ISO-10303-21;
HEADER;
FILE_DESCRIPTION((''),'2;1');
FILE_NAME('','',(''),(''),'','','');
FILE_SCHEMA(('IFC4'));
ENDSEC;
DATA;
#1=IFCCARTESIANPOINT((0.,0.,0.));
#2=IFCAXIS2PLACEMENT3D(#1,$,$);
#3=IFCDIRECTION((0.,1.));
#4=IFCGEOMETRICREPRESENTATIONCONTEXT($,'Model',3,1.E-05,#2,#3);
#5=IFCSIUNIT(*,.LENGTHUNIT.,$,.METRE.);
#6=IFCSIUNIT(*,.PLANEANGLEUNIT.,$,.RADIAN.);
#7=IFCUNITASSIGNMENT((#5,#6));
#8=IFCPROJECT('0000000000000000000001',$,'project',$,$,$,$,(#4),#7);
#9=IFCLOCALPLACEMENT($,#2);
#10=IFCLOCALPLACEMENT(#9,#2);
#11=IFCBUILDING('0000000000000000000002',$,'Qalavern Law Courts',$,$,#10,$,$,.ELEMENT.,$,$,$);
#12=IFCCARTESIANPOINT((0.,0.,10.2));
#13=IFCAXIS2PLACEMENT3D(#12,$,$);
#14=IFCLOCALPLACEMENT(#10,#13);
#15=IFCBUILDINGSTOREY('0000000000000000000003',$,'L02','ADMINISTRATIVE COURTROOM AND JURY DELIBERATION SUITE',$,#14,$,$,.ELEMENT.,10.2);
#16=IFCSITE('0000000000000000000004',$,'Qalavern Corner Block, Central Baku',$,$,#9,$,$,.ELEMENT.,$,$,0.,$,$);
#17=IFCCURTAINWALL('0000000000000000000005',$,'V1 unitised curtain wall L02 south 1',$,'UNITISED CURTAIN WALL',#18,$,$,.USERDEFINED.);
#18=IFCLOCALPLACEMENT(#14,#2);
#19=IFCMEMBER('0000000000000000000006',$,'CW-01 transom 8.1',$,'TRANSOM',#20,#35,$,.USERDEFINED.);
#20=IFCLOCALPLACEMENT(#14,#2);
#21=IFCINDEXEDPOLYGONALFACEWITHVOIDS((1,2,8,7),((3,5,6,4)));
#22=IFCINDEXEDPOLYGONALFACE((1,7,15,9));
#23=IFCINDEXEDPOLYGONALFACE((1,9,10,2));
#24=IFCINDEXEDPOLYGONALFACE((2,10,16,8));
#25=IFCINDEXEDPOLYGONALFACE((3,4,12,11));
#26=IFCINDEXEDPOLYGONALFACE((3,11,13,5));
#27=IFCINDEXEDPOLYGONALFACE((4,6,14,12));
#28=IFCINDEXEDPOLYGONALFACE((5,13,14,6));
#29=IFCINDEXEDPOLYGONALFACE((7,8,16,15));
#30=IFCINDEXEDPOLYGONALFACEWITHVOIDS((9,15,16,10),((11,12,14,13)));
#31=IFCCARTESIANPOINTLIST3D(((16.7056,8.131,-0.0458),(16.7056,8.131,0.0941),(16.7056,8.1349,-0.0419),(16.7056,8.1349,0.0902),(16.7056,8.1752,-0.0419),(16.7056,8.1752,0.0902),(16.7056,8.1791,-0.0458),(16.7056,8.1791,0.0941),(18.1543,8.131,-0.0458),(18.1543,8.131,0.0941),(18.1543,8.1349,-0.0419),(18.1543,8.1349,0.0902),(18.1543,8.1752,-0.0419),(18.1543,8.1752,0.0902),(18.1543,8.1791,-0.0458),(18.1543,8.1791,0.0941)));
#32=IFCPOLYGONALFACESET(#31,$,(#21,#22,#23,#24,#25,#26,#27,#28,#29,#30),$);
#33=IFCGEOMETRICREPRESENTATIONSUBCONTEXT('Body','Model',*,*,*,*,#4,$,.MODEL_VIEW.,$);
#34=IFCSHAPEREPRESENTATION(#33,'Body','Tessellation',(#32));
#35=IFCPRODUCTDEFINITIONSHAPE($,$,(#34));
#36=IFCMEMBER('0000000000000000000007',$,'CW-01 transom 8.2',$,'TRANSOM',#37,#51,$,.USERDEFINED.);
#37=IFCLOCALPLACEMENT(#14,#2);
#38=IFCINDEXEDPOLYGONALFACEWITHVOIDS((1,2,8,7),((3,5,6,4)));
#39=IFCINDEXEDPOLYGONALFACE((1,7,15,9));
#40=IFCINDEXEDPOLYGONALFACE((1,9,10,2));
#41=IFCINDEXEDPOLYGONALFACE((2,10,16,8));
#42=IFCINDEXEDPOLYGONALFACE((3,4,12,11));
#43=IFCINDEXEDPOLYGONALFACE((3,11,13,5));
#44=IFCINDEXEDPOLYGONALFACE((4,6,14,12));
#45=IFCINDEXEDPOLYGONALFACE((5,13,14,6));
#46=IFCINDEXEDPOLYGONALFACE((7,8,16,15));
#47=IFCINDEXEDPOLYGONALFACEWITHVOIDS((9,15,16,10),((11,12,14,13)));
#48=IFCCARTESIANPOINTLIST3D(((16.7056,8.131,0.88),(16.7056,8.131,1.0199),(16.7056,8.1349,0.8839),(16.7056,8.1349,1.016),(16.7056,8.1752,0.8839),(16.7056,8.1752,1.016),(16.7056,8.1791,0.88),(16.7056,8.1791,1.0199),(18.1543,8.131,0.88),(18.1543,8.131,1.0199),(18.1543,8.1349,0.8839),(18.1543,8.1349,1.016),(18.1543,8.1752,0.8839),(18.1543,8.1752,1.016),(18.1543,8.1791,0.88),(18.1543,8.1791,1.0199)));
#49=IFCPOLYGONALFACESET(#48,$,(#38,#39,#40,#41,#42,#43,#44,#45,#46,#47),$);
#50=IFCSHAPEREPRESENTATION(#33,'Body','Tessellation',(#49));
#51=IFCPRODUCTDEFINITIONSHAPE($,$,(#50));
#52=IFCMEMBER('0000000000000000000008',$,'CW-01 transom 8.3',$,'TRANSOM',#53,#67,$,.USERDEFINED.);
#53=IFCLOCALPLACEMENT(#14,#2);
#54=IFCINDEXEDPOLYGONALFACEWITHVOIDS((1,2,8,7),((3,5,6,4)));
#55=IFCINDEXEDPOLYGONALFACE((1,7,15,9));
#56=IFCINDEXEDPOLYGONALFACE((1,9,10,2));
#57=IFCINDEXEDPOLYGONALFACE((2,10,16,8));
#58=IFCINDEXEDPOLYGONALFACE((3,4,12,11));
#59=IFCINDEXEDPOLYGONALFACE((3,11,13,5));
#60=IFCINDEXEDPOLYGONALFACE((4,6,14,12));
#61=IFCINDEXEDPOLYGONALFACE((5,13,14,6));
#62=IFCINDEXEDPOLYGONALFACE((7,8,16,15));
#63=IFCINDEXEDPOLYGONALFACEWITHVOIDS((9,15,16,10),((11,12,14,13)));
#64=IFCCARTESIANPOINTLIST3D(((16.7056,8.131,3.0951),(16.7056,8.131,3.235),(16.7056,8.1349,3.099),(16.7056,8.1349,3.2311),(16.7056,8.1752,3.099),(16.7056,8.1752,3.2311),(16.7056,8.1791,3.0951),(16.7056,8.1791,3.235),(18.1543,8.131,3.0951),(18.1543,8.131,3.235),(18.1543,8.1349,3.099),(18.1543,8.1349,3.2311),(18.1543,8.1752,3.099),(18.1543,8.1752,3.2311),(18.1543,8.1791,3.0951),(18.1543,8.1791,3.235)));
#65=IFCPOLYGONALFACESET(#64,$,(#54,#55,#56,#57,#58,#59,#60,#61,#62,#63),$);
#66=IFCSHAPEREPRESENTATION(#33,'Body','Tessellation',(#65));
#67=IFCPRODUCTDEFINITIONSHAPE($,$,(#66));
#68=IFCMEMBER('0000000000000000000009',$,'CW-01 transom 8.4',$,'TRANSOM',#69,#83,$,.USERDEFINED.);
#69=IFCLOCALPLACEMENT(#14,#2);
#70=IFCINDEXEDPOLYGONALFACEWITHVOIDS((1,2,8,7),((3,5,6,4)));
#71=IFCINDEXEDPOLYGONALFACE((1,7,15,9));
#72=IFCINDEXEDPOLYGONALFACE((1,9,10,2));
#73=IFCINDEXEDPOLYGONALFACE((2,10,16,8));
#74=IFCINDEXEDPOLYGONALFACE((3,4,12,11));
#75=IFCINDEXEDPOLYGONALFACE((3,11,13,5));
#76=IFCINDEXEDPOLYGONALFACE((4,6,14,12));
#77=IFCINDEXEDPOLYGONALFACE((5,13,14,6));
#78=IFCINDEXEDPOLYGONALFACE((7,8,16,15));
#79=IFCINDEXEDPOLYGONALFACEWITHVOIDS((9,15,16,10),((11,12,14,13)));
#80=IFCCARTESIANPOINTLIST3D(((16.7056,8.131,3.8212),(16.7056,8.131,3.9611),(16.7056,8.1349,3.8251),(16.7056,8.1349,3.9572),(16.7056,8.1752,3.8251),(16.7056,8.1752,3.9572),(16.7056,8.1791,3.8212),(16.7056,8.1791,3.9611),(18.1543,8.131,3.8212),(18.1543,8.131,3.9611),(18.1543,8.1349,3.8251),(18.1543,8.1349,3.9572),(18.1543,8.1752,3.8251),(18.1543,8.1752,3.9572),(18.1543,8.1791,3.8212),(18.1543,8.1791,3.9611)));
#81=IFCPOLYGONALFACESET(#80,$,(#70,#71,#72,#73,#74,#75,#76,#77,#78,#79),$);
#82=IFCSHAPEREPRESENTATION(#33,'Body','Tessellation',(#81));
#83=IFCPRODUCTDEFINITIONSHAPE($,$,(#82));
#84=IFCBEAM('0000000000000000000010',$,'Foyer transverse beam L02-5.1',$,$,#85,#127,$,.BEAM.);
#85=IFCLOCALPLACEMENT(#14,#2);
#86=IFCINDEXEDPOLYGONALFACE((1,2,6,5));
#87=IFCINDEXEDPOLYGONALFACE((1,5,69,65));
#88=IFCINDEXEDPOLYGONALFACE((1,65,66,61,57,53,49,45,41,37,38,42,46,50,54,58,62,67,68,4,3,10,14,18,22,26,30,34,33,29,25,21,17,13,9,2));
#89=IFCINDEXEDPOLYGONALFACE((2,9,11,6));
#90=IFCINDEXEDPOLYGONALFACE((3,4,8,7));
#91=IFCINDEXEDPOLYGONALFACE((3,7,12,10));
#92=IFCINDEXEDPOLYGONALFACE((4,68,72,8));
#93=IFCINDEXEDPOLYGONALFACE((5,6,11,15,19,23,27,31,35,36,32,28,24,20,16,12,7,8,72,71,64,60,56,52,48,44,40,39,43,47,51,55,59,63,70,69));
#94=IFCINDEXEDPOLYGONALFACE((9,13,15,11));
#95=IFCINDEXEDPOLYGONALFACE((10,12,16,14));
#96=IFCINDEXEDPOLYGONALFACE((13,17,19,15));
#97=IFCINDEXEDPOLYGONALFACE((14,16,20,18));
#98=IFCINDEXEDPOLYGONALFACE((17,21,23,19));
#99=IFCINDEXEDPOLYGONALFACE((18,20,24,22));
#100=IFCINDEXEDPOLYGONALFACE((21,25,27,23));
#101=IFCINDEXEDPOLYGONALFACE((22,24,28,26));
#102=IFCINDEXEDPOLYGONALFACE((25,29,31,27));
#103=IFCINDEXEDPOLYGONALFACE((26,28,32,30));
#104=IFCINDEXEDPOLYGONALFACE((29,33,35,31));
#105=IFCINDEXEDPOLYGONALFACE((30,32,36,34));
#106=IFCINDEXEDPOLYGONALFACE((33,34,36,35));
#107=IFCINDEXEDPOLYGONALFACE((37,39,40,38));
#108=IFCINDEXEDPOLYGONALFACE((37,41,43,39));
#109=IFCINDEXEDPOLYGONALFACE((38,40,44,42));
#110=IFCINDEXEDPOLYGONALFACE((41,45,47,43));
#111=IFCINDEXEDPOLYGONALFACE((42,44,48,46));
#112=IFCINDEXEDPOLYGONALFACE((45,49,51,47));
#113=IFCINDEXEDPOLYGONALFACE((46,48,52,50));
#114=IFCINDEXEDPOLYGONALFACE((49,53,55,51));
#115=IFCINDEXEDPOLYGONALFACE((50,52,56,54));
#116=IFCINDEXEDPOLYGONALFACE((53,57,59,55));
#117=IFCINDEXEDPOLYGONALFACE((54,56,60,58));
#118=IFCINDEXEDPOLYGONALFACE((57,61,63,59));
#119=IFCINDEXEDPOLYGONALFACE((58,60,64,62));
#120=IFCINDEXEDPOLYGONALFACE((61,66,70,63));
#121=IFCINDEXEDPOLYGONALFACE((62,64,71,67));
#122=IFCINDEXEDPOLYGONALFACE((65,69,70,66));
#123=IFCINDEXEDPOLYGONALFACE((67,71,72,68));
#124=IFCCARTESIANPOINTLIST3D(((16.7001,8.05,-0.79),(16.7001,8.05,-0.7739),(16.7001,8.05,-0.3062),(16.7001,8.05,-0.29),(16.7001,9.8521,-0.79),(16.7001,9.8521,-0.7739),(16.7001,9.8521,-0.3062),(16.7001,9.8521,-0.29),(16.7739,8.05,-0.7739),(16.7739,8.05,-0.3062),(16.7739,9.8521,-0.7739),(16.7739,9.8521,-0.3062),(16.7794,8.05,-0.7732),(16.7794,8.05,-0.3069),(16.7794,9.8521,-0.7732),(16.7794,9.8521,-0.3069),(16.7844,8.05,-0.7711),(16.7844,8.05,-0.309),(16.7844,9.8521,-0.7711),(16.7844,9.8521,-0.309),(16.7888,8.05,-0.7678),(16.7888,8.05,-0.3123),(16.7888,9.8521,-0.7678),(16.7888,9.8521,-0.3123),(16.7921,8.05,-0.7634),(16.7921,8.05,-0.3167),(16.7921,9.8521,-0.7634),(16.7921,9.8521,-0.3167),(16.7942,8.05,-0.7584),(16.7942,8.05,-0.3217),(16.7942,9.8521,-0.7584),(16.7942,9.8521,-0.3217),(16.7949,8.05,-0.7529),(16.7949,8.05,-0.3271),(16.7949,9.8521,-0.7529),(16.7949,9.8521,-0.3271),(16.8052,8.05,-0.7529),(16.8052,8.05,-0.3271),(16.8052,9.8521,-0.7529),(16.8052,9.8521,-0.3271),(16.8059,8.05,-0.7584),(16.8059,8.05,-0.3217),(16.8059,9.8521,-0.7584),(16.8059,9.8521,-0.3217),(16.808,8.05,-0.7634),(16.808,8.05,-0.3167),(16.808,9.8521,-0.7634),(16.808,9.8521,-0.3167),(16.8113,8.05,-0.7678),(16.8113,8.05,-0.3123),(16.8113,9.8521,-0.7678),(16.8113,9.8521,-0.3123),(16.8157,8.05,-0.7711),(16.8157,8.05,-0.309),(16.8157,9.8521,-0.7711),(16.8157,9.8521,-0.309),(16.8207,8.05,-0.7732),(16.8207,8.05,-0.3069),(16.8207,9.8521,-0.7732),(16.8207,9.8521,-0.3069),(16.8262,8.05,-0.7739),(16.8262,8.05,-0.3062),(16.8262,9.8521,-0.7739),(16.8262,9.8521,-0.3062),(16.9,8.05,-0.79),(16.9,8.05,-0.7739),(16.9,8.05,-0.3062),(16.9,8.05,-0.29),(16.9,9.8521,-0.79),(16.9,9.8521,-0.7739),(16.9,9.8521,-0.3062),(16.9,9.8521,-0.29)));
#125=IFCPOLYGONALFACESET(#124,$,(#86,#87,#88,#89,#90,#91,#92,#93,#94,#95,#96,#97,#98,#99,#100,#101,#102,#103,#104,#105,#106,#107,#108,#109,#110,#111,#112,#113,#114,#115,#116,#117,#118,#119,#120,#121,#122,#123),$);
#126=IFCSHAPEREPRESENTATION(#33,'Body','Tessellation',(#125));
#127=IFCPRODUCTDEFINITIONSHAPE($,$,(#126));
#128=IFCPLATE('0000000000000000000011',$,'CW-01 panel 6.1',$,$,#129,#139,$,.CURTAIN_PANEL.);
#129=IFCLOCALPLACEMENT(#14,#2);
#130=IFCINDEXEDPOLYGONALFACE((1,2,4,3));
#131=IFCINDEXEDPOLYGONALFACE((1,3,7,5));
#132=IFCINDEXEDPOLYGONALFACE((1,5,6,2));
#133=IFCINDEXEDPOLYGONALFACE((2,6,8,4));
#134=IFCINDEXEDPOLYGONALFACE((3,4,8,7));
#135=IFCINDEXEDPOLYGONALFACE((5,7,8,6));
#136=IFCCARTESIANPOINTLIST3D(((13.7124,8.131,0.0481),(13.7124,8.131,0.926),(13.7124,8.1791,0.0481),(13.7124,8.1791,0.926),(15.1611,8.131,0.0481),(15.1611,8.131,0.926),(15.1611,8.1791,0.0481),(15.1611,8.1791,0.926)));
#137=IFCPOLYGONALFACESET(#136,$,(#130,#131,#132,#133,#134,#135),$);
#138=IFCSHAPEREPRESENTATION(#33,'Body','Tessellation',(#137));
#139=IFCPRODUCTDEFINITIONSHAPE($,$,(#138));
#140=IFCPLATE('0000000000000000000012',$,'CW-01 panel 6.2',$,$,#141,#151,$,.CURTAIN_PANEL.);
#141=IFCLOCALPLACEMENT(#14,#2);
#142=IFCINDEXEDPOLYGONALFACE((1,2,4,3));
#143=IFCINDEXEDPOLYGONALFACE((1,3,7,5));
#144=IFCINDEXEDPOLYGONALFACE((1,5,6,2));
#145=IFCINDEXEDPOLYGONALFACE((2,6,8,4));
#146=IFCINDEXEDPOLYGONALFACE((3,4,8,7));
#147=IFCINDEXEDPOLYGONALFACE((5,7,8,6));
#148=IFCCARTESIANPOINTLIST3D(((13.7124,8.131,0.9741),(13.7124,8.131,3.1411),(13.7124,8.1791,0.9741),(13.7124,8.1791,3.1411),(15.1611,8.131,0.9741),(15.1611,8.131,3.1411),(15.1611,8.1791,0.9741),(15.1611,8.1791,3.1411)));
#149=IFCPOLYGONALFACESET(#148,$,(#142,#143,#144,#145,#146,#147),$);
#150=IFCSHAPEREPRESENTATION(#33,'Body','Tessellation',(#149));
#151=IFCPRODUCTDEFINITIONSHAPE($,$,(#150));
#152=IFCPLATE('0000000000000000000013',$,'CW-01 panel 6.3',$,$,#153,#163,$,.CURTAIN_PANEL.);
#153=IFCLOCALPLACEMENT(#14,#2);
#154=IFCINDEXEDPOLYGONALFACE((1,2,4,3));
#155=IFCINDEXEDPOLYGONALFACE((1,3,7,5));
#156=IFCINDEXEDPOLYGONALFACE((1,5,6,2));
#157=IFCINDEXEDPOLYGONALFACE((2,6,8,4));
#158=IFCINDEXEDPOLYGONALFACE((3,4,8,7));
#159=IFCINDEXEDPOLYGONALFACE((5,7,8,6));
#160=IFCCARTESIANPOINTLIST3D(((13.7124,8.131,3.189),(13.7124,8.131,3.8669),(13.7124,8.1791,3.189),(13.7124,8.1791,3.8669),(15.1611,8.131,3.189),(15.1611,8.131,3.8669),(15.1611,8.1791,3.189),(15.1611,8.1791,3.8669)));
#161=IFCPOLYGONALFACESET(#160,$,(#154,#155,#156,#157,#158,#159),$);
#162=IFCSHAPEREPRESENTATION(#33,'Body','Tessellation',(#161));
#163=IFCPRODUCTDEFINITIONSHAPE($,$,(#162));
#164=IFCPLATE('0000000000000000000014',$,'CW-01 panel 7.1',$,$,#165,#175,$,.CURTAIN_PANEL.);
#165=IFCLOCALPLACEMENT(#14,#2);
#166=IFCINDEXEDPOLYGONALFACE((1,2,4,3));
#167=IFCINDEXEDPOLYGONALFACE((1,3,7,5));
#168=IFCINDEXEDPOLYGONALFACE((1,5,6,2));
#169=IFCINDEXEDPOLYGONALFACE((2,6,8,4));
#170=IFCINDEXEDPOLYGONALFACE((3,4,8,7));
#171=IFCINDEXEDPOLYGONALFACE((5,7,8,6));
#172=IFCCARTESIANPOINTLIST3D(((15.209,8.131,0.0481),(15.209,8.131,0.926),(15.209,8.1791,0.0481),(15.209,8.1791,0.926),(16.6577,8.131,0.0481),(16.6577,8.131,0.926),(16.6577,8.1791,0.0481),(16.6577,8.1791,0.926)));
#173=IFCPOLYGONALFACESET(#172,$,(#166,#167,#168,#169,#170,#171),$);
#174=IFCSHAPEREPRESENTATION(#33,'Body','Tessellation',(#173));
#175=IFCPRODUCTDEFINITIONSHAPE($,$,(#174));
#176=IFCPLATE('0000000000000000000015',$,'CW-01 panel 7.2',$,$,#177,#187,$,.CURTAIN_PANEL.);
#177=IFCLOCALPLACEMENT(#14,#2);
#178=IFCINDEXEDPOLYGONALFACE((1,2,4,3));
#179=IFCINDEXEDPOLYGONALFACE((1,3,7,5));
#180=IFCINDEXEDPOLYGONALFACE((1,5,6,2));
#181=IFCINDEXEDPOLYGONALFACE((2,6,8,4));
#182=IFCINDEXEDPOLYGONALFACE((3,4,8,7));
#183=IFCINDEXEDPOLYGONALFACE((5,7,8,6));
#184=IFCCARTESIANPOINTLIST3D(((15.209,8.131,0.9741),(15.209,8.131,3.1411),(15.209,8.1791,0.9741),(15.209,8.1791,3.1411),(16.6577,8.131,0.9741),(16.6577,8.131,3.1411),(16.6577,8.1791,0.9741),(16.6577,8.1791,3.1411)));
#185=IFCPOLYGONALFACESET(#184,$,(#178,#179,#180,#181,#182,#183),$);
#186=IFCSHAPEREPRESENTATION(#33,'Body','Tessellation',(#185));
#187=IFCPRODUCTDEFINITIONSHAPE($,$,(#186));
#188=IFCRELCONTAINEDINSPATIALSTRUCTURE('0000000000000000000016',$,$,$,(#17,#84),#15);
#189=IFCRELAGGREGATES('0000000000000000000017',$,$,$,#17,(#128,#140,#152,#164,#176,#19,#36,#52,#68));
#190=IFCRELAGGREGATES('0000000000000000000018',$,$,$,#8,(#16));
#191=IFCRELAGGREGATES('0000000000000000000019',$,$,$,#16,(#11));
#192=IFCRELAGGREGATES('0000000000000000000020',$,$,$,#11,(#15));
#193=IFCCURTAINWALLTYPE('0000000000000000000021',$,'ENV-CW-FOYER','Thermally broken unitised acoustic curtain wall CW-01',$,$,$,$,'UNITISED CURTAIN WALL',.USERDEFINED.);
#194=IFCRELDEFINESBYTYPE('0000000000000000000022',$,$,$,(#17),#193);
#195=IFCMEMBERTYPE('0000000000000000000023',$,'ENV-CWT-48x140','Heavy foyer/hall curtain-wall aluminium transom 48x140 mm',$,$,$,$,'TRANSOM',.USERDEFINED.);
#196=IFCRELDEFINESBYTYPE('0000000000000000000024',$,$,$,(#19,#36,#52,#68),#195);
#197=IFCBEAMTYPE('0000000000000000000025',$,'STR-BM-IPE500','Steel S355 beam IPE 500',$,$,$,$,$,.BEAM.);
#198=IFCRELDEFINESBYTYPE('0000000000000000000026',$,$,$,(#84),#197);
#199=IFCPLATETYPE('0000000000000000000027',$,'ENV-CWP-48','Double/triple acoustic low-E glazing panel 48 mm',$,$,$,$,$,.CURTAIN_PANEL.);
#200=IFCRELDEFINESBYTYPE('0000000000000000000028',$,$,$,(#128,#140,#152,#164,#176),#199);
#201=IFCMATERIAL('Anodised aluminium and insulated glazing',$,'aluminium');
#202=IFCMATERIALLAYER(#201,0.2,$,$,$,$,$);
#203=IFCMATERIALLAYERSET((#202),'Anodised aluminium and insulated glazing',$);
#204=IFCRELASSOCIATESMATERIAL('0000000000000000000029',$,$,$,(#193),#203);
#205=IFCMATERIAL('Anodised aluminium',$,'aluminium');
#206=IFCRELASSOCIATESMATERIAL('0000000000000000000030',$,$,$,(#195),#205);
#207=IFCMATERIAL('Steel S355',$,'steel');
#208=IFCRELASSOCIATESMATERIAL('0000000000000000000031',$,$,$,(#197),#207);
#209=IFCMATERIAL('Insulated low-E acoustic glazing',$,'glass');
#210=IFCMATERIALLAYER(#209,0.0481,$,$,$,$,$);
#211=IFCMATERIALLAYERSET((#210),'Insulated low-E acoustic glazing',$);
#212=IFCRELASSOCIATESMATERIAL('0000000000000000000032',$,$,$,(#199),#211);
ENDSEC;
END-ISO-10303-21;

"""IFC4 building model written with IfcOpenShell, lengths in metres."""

from ifc_helpers import new_model, si_unit, direction, frame, origin, origin_2d, place, context, subcontext, project, spatial, rectangle, hollow_rectangle, i_section, extrude, material, layer, layer_set, material_profile, profile_set, type_object, element, aggregate, save


model = new_model("IFC4")

# Units and contexts
model_context = context("Model", 3, precision=1e-05, world=origin(), true_north=direction((0.0, 1.0)))
body_context = subcontext(model_context, "Body", "Model", "MODEL_VIEW")
ifc_project = project(units=[si_unit("LENGTHUNIT", "METRE"), si_unit("PLANEANGLEUNIT", "RADIAN")], contexts=[model_context])

# Site, building, storey
site_placement = place(None, origin())
site = spatial("IfcSite", under=ifc_project, at=site_placement, Name="Qalavern Corner Block, Central Baku", CompositionType="ELEMENT", RefElevation=0.0)
building_placement = place(site_placement, origin())
building = spatial("IfcBuilding", under=site, at=building_placement, Name="Qalavern Law Courts", CompositionType="ELEMENT")
storey_placement = place(building_placement, frame((0.0, 0.0, 10.2)))
storey = spatial("IfcBuildingStorey", under=building, at=storey_placement, Name="L02", Description="ADMINISTRATIVE COURTROOM AND JURY DELIBERATION SUITE", CompositionType="ELEMENT", Elevation=10.2)

# Curtain wall, members
ifc_material_1 = material(Name="Anodised aluminium and insulated glazing", Category="aluminium")
ifc_layer_1 = layer(ifc_material_1, 0.2)
ifc_layer_set_1 = layer_set([ifc_layer_1], Name="Anodised aluminium and insulated glazing")
curtain_wall_type = type_object("IfcCurtainWallType", Name="ENV-CW-FOYER", Description="Thermally broken unitised acoustic curtain wall CW-01", ElementType="UNITISED CURTAIN WALL", PredefinedType="USERDEFINED", material=ifc_layer_set_1)
curtain_wall_placement = place(storey_placement, origin())
curtain_wall = element("IfcCurtainWall", 1, at=curtain_wall_placement, inside=storey, type_object=curtain_wall_type, Name="V1 unitised curtain wall L02 south 1", ObjectType="UNITISED CURTAIN WALL", PredefinedType="USERDEFINED")
ifc_material_2 = material(Name="Anodised aluminium", Category="aluminium")
ifc_material_profile_1 = material_profile(ifc_material_2, hollow_rectangle(XDim=0.0481, YDim=0.1399, WallThickness=0.0039, at=origin_2d()), Name="ALU TRANSOM 48x140")
ifc_profile_set_1 = profile_set([ifc_material_profile_1], Name="Anodised aluminium")
member_type_1 = type_object("IfcMemberType", Name="ENV-CWT-48x140", Description="Heavy foyer/hall curtain-wall aluminium transom 48x140 mm", ElementType="TRANSOM", PredefinedType="USERDEFINED", material=ifc_profile_set_1)
member_1_placement = place(storey_placement, frame((16.7056, 8.155, 0.0242), z_axis=(1.0, 0.0, 0.0), x_axis=(0.0, 1.0, 0.0)))
member_1 = element("IfcMember", 2, at=member_1_placement, type_object=member_type_1, Name="CW-01 transom 8.1", ObjectType="TRANSOM", PredefinedType="USERDEFINED", context=body_context, shape_type="SweptSolid", body=[
    extrude(hollow_rectangle(XDim=0.0481, YDim=0.1399, WallThickness=0.0039, at=origin_2d()), origin(), (0.0, 0.0, 1.0), 1.4487),
])
member_2_placement = place(storey_placement, frame((16.7056, 8.155, 0.95), z_axis=(1.0, 0.0, 0.0), x_axis=(0.0, 1.0, 0.0)))
member_2 = element("IfcMember", 3, at=member_2_placement, type_object=member_type_1, Name="CW-01 transom 8.2", ObjectType="TRANSOM", PredefinedType="USERDEFINED", context=body_context, shape_type="SweptSolid", body=[
    extrude(hollow_rectangle(XDim=0.0481, YDim=0.1399, WallThickness=0.0039, at=origin_2d()), origin(), (0.0, 0.0, 1.0), 1.4487),
])
member_3_placement = place(storey_placement, frame((16.7056, 8.155, 3.165), z_axis=(1.0, 0.0, 0.0), x_axis=(0.0, 1.0, 0.0)))
member_3 = element("IfcMember", 4, at=member_3_placement, type_object=member_type_1, Name="CW-01 transom 8.3", ObjectType="TRANSOM", PredefinedType="USERDEFINED", context=body_context, shape_type="SweptSolid", body=[
    extrude(hollow_rectangle(XDim=0.0481, YDim=0.1399, WallThickness=0.0039, at=origin_2d()), origin(), (0.0, 0.0, 1.0), 1.4487),
])
member_4_placement = place(storey_placement, frame((16.7056, 8.155, 3.8911), z_axis=(1.0, 0.0, 0.0), x_axis=(0.0, 1.0, 0.0)))
member_4 = element("IfcMember", 5, at=member_4_placement, type_object=member_type_1, Name="CW-01 transom 8.4", ObjectType="TRANSOM", PredefinedType="USERDEFINED", context=body_context, shape_type="SweptSolid", body=[
    extrude(hollow_rectangle(XDim=0.0481, YDim=0.1399, WallThickness=0.0039, at=origin_2d()), origin(), (0.0, 0.0, 1.0), 1.4487),
])

# Beam
ifc_material_3 = material(Name="Steel S355", Category="steel")
ifc_material_profile_2 = material_profile(ifc_material_3, i_section(OverallWidth=0.2, OverallDepth=0.5, WebThickness=0.0103, FlangeThickness=0.0161, FilletRadius=0.021, at=origin_2d()), Name="IPE 500")
ifc_profile_set_2 = profile_set([ifc_material_profile_2], Name="Steel S355")
beam_type = type_object("IfcBeamType", Name="STR-BM-IPE500", Description="Steel S355 beam IPE 500", PredefinedType="BEAM", material=ifc_profile_set_2)
beam_placement = place(storey_placement, frame((16.8, 8.05, -0.54), z_axis=(0.0, 1.0, 0.0), x_axis=(-1.0, 0.0, 0.0)))
element("IfcBeam", 6, at=beam_placement, inside=storey, type_object=beam_type, Name="Foyer transverse beam L02-5.1", PredefinedType="BEAM", context=body_context, shape_type="SweptSolid", body=[
    extrude(i_section(OverallWidth=0.2, OverallDepth=0.5, WebThickness=0.0103, FlangeThickness=0.0161, FilletRadius=0.021, at=origin_2d()), origin(), (0.0, 0.0, 1.0), 1.802),
])

# Plates
ifc_material_4 = material(Name="Insulated low-E acoustic glazing", Category="glass")
ifc_layer_2 = layer(ifc_material_4, 0.0481)
ifc_layer_set_2 = layer_set([ifc_layer_2], Name="Insulated low-E acoustic glazing")
plate_type = type_object("IfcPlateType", Name="ENV-CWP-48", Description="Double/triple acoustic low-E glazing panel 48 mm", PredefinedType="CURTAIN_PANEL", material=ifc_layer_set_2)
plate_1_placement = place(storey_placement, frame((14.4368, 8.155, 0.0481), z_axis=(0.0, 0.0, 1.0), x_axis=(1.0, 0.0, 0.0)))
plate_1 = element("IfcPlate", 7, at=plate_1_placement, type_object=plate_type, Name="CW-01 panel 6.1", PredefinedType="CURTAIN_PANEL", context=body_context, shape_type="SweptSolid", body=[
    extrude(rectangle(XDim=1.4487, YDim=0.0481, at=origin_2d()), origin(), (0.0, 0.0, 1.0), 0.8779),
])
plate_2_placement = place(storey_placement, frame((14.4368, 8.155, 0.9741), z_axis=(0.0, 0.0, 1.0), x_axis=(1.0, 0.0, 0.0)))
plate_2 = element("IfcPlate", 8, at=plate_2_placement, type_object=plate_type, Name="CW-01 panel 6.2", PredefinedType="CURTAIN_PANEL", context=body_context, shape_type="SweptSolid", body=[
    extrude(rectangle(XDim=1.4487, YDim=0.0481, at=origin_2d()), origin(), (0.0, 0.0, 1.0), 2.167),
])
plate_3_placement = place(storey_placement, frame((14.4368, 8.155, 3.189), z_axis=(0.0, 0.0, 1.0), x_axis=(1.0, 0.0, 0.0)))
plate_3 = element("IfcPlate", 9, at=plate_3_placement, type_object=plate_type, Name="CW-01 panel 6.3", PredefinedType="CURTAIN_PANEL", context=body_context, shape_type="SweptSolid", body=[
    extrude(rectangle(XDim=1.4487, YDim=0.0481, at=origin_2d()), origin(), (0.0, 0.0, 1.0), 0.678),
])
plate_4_placement = place(storey_placement, frame((15.9333, 8.155, 0.0481), z_axis=(0.0, 0.0, 1.0), x_axis=(1.0, 0.0, 0.0)))
plate_4 = element("IfcPlate", 10, at=plate_4_placement, type_object=plate_type, Name="CW-01 panel 7.1", PredefinedType="CURTAIN_PANEL", context=body_context, shape_type="SweptSolid", body=[
    extrude(rectangle(XDim=1.4487, YDim=0.0481, at=origin_2d()), origin(), (0.0, 0.0, 1.0), 0.8779),
])
plate_5_placement = place(storey_placement, frame((15.9333, 8.155, 0.9741), z_axis=(0.0, 0.0, 1.0), x_axis=(1.0, 0.0, 0.0)))
plate_5 = element("IfcPlate", 11, at=plate_5_placement, type_object=plate_type, Name="CW-01 panel 7.2", PredefinedType="CURTAIN_PANEL", context=body_context, shape_type="SweptSolid", body=[
    extrude(rectangle(XDim=1.4487, YDim=0.0481, at=origin_2d()), origin(), (0.0, 0.0, 1.0), 2.167),
])
aggregate(curtain_wall, [plate_1, plate_2, plate_3, plate_4, plate_5, member_1, member_2, member_3, member_4])

save(model, "model.ifc")
